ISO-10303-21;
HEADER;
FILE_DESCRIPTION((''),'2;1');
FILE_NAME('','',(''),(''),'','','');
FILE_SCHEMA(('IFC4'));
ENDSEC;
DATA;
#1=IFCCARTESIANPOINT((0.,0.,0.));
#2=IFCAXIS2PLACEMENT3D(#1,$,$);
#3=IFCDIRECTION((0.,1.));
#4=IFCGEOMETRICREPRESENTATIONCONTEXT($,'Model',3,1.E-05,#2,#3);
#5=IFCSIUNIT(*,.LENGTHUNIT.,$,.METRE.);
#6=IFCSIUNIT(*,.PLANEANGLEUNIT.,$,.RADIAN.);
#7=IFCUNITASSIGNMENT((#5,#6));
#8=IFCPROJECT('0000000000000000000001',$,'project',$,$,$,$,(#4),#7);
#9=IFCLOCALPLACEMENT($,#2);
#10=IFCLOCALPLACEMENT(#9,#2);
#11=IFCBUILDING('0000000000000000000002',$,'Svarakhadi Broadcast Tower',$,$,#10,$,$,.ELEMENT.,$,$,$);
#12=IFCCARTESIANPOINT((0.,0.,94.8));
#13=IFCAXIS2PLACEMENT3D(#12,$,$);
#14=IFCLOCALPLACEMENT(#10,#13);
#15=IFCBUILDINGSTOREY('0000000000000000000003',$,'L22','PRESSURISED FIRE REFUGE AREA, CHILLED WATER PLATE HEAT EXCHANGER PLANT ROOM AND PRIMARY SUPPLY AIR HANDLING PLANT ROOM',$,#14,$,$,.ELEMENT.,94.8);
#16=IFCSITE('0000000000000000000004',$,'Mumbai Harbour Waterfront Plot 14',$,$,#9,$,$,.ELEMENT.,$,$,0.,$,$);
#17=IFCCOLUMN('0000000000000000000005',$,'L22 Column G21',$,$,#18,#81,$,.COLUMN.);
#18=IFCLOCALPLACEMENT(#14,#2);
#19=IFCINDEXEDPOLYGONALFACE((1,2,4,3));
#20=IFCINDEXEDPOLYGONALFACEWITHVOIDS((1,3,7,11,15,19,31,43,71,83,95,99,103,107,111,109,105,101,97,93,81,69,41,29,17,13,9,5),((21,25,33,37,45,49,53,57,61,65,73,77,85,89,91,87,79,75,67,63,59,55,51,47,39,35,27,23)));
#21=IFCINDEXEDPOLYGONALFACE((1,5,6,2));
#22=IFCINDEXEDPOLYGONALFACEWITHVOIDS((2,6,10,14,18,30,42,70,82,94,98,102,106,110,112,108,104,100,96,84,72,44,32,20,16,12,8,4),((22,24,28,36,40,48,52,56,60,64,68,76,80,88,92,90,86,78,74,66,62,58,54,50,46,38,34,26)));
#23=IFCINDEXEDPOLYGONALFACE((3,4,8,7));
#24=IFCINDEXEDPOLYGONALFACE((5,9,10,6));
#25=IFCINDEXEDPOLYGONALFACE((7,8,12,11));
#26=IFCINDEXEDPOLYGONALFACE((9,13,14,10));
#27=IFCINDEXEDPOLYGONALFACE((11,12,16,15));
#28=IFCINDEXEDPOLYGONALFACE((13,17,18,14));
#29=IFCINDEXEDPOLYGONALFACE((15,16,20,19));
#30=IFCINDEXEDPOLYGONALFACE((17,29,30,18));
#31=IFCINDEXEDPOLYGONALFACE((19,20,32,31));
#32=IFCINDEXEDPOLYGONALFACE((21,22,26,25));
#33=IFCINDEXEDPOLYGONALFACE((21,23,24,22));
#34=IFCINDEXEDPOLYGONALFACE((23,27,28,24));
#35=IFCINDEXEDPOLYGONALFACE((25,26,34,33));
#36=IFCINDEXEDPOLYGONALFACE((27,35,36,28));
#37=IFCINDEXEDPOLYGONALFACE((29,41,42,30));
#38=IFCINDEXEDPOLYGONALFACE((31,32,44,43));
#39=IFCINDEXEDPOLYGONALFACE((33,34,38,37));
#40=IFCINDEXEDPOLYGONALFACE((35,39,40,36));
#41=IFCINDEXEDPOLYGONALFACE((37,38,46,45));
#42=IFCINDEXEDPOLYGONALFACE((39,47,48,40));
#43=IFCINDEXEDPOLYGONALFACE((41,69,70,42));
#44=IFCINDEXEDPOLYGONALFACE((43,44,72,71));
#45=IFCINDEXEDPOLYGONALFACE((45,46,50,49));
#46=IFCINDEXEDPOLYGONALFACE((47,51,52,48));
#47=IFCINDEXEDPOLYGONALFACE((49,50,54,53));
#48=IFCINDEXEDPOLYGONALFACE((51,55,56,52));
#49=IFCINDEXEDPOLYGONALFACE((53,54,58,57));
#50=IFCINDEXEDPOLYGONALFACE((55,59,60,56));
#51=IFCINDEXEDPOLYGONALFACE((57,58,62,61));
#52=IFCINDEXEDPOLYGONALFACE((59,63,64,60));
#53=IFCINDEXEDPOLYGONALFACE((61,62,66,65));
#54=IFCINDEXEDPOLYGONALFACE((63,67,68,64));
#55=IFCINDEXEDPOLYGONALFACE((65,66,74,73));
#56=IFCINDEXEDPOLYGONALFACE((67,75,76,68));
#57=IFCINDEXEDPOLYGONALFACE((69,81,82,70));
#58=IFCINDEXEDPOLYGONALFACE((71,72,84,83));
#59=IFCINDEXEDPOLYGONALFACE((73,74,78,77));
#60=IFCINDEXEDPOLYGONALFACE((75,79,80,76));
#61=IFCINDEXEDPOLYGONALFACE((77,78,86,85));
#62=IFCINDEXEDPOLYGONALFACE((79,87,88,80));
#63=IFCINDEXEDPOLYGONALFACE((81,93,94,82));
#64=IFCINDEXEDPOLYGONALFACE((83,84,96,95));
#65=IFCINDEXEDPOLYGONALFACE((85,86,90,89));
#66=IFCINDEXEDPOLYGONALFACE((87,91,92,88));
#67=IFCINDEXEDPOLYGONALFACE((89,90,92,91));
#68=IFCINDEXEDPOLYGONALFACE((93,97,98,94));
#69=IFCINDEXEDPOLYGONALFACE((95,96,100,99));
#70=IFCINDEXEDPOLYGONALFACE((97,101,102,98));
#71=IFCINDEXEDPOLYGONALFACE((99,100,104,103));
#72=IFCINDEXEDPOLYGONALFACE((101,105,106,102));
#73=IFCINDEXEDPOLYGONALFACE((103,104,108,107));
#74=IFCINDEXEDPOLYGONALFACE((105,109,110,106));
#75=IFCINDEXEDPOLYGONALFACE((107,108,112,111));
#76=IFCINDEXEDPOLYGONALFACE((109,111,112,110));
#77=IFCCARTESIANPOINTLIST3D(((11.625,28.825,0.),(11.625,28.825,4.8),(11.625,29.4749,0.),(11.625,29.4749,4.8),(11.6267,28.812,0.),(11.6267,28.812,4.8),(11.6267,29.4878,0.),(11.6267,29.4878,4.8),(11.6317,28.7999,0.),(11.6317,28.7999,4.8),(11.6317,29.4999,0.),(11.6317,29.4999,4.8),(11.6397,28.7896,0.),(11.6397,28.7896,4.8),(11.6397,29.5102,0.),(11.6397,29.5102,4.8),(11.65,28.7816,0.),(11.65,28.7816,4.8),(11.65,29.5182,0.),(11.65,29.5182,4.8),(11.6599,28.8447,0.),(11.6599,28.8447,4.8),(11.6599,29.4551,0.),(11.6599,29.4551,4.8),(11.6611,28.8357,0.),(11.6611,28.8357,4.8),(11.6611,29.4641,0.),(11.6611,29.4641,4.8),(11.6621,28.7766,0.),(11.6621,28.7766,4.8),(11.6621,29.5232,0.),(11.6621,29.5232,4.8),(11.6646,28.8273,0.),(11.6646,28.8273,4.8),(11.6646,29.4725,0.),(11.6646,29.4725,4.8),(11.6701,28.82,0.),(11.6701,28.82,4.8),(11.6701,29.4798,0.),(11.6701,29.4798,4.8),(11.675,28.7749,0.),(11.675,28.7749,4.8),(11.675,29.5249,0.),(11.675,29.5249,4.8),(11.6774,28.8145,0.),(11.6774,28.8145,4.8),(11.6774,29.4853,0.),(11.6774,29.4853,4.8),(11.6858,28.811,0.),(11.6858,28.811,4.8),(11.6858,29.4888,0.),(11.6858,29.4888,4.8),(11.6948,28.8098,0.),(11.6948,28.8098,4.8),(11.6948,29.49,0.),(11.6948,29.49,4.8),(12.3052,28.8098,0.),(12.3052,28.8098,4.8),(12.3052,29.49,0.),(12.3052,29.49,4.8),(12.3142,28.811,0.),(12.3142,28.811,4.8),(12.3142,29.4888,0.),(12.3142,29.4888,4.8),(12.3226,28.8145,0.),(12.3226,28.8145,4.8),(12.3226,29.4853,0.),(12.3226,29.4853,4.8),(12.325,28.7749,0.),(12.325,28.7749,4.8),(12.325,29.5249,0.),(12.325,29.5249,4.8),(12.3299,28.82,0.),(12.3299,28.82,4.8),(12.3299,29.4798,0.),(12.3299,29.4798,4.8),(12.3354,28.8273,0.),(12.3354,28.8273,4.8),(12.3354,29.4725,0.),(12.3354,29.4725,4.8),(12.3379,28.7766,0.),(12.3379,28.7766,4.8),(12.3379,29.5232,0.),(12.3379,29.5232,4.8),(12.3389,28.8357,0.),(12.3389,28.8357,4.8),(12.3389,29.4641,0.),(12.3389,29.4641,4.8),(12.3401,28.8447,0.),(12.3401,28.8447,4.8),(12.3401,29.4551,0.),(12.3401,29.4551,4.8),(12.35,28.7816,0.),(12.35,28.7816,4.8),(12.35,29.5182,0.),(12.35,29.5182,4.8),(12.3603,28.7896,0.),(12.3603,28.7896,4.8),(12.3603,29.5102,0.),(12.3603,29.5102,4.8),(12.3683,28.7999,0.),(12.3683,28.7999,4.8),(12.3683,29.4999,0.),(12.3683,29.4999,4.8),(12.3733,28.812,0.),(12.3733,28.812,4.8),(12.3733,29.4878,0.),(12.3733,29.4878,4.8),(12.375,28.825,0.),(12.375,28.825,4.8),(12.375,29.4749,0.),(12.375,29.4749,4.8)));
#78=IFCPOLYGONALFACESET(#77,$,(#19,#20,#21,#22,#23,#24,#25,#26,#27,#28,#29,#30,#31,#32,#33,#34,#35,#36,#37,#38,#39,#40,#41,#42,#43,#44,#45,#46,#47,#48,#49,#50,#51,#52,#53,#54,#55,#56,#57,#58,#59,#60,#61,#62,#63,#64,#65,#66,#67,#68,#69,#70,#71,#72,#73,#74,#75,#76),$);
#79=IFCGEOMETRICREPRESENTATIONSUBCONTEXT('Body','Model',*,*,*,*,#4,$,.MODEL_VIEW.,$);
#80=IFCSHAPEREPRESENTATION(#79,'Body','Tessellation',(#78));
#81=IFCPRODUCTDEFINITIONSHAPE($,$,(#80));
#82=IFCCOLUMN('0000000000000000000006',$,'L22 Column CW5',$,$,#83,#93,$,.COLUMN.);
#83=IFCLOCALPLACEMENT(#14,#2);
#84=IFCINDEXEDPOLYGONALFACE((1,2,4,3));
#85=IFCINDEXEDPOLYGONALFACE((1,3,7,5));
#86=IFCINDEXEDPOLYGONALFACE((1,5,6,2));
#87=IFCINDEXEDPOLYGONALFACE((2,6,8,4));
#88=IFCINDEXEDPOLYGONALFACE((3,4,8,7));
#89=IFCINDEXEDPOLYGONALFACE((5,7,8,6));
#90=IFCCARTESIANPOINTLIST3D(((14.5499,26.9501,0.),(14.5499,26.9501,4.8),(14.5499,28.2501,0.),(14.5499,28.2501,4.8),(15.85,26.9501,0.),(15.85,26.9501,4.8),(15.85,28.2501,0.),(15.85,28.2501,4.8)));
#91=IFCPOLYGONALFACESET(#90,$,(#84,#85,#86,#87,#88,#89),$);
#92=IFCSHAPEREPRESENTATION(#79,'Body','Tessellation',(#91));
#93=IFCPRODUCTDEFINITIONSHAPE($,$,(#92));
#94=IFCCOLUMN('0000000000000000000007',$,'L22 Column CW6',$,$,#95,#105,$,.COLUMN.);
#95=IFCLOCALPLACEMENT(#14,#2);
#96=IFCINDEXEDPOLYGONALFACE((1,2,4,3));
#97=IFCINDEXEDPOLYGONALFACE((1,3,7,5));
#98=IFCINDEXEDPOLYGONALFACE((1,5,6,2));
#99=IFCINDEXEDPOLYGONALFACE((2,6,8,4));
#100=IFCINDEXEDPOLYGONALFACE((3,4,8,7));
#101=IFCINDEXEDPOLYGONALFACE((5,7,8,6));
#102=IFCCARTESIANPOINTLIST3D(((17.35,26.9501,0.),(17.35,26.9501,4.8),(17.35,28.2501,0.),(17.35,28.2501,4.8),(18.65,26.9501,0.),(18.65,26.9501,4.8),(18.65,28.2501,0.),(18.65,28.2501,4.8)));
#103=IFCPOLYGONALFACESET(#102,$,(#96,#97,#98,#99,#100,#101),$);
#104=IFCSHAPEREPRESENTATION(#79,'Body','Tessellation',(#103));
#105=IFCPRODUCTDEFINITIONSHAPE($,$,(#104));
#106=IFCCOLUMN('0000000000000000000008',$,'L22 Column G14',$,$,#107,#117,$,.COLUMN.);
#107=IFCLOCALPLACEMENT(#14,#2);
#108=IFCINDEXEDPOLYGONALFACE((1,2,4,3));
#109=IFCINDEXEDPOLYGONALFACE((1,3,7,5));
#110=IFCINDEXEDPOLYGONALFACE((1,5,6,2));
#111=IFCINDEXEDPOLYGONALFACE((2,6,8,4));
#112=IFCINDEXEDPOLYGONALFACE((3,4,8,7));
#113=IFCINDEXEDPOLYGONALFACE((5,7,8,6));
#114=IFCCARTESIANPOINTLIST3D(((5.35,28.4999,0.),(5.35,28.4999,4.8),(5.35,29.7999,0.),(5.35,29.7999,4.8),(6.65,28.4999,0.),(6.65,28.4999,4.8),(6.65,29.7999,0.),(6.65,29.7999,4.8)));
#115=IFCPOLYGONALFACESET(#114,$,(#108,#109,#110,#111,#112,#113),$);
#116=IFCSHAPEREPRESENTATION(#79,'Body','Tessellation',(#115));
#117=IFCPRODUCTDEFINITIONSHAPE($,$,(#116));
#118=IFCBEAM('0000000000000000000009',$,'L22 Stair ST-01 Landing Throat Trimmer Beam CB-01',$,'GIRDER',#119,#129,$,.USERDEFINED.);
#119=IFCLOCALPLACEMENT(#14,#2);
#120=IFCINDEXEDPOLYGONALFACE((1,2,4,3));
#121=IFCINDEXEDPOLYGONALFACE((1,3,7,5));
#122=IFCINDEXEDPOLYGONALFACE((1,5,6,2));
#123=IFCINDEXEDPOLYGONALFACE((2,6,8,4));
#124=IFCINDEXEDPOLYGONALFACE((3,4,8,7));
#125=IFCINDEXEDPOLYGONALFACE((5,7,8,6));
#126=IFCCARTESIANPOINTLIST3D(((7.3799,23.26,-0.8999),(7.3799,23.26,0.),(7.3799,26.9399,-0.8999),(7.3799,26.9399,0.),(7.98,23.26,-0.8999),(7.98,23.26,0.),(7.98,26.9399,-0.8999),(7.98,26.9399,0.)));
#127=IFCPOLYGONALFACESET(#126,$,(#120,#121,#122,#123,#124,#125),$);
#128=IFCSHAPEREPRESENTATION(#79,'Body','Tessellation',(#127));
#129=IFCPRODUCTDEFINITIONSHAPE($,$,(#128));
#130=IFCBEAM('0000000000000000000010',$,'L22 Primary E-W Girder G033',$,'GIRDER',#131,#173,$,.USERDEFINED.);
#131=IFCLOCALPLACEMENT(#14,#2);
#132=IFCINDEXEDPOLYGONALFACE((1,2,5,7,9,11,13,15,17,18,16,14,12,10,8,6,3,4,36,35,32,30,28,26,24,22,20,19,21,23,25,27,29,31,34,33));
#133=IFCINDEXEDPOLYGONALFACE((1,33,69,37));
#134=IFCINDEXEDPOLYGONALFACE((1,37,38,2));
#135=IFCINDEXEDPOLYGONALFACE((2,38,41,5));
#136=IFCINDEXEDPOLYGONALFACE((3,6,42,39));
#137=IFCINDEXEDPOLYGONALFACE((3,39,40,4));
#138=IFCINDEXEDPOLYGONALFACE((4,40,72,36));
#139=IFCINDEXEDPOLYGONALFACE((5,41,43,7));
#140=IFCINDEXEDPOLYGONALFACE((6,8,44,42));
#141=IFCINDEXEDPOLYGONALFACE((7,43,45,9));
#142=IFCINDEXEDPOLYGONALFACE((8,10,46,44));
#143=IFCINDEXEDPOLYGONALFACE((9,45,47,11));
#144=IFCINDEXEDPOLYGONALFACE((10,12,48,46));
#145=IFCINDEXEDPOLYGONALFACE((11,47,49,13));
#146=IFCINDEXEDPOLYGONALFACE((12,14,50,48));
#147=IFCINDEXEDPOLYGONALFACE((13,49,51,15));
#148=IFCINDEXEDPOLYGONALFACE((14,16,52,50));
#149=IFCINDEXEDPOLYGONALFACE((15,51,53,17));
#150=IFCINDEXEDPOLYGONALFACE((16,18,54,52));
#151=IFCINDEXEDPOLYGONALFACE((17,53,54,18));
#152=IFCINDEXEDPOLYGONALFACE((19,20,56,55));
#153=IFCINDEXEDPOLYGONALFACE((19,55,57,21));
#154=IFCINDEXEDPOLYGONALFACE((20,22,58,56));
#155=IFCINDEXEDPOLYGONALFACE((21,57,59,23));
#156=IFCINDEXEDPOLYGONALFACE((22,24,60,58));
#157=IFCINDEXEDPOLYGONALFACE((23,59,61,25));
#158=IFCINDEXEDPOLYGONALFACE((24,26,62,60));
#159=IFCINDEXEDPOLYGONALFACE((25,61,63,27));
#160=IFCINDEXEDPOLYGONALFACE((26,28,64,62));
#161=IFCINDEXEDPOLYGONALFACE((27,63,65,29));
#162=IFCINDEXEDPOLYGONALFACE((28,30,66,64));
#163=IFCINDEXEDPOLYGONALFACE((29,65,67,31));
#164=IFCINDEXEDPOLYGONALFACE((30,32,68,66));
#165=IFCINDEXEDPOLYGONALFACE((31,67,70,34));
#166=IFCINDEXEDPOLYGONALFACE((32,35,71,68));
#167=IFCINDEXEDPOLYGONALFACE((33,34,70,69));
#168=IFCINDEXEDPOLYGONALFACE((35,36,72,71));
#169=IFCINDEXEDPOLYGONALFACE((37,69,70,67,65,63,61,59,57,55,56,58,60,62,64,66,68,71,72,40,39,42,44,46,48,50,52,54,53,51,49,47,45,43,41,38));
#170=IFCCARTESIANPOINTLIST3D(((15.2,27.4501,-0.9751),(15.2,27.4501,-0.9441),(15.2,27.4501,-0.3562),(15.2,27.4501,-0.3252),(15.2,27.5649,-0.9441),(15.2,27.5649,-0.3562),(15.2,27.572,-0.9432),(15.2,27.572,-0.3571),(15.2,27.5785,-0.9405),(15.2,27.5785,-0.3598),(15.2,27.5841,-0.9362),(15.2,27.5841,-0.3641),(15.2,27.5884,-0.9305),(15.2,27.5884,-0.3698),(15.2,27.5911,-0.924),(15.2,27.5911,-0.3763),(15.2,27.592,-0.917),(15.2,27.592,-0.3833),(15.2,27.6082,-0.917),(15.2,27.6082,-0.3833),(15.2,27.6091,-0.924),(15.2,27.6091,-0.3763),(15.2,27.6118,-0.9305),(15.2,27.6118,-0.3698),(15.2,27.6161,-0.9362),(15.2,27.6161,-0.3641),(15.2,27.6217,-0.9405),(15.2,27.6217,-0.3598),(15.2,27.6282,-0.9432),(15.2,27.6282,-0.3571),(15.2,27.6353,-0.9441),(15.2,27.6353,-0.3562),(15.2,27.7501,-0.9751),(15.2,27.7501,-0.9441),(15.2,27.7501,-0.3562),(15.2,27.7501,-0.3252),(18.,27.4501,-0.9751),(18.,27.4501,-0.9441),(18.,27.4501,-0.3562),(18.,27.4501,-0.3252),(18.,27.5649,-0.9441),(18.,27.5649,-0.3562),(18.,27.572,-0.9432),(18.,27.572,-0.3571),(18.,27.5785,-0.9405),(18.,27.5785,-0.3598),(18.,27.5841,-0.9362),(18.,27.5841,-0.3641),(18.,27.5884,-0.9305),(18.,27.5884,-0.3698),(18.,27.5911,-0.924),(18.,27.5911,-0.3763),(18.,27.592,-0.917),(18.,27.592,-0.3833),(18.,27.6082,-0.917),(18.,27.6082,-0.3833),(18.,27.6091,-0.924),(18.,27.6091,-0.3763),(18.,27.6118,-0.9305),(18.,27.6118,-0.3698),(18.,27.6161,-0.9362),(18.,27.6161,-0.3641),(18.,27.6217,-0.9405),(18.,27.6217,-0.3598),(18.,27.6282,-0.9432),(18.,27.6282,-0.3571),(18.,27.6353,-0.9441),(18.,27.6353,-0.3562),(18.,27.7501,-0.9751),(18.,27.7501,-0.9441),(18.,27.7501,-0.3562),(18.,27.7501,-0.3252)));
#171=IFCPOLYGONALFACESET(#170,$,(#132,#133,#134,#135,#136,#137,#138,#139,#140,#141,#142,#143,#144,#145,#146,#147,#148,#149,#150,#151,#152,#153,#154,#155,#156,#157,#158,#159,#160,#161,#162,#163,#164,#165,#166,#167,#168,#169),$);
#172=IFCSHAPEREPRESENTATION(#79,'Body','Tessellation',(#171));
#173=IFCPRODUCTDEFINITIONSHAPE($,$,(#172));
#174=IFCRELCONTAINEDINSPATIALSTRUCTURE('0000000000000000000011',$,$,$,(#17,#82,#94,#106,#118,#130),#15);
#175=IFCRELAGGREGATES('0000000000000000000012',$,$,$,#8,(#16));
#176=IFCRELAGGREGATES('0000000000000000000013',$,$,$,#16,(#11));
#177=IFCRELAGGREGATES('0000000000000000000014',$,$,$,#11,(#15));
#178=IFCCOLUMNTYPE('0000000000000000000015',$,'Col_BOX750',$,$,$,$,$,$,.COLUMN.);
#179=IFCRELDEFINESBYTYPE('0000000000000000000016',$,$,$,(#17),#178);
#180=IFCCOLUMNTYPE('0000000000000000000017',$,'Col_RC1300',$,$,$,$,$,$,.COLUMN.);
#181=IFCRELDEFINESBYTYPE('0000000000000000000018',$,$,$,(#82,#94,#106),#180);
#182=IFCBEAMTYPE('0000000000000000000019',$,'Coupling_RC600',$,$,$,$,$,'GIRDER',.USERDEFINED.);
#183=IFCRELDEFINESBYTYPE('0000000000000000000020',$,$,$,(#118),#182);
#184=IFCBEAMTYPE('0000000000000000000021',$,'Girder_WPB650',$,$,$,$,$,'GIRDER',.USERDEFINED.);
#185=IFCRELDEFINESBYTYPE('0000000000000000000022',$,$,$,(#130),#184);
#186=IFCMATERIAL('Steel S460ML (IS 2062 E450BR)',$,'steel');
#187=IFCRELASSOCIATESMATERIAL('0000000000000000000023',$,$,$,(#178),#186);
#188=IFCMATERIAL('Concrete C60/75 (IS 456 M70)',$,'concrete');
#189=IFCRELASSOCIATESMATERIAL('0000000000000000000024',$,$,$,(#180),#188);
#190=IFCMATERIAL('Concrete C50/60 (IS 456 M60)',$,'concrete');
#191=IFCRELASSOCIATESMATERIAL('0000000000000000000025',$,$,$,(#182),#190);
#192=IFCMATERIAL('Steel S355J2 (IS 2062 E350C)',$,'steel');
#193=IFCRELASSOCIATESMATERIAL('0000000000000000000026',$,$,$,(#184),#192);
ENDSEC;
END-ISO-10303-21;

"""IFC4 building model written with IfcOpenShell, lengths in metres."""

from ifc_helpers import new_model, si_unit, direction, frame, origin, origin_2d, place, context, subcontext, project, spatial, rectangle, hollow_rectangle, i_section, extrude, material, material_profile, profile_set, type_object, element, save


model = new_model("IFC4")

# Units and contexts
model_context = context("Model", 3, precision=1e-05, world=origin(), true_north=direction((0.0, 1.0)))
body_context = subcontext(model_context, "Body", "Model", "MODEL_VIEW")
ifc_project = project(units=[si_unit("LENGTHUNIT", "METRE"), si_unit("PLANEANGLEUNIT", "RADIAN")], contexts=[model_context])

# Site, building, storey
site_placement = place(None, origin())
site = spatial("IfcSite", under=ifc_project, at=site_placement, Name="Mumbai Harbour Waterfront Plot 14", CompositionType="ELEMENT", RefElevation=0.0)
building_placement = place(site_placement, origin())
building = spatial("IfcBuilding", under=site, at=building_placement, Name="Svarakhadi Broadcast Tower", CompositionType="ELEMENT")
storey_placement = place(building_placement, frame((0.0, 0.0, 94.8)))
storey = spatial("IfcBuildingStorey", under=building, at=storey_placement, Name="L22", Description="PRESSURISED FIRE REFUGE AREA, CHILLED WATER PLATE HEAT EXCHANGER PLANT ROOM AND PRIMARY SUPPLY AIR HANDLING PLANT ROOM", CompositionType="ELEMENT", Elevation=94.8)

# Columns
ifc_material_1 = material(Name="Steel S460ML (IS 2062 E450BR)", Category="steel")
ifc_material_profile_1 = material_profile(ifc_material_1, hollow_rectangle(XDim=0.75, YDim=0.75, WallThickness=0.0349, InnerFilletRadius=0.0349, OuterFilletRadius=0.05, at=origin_2d()), Name="BOX 750x750x35")
ifc_profile_set_1 = profile_set([ifc_material_profile_1], Name="Steel S460ML (IS 2062 E450BR)")
column_type_1 = type_object("IfcColumnType", Name="Col_BOX750", PredefinedType="COLUMN", material=ifc_profile_set_1)
column_placement = place(storey_placement, frame((12.0, 29.1499, 0.0), z_axis=(0.0, 0.0, 1.0), x_axis=(1.0, 0.0, 0.0)))
element("IfcColumn", 1, at=column_placement, inside=storey, type_object=column_type_1, Name="L22 Column G21", PredefinedType="COLUMN", context=body_context, shape_type="SweptSolid", body=[
    extrude(hollow_rectangle(XDim=0.75, YDim=0.75, WallThickness=0.0349, InnerFilletRadius=0.0349, OuterFilletRadius=0.05, at=origin_2d()), origin(), (0.0, 0.0, 1.0), 4.8),
])
ifc_material_2 = material(Name="Concrete C60/75 (IS 456 M70)", Category="concrete")
ifc_material_profile_2 = material_profile(ifc_material_2, rectangle(XDim=1.3, YDim=1.3, at=origin_2d()), Name="RC 1300x1300")
ifc_profile_set_2 = profile_set([ifc_material_profile_2], Name="Concrete C60/75 (IS 456 M70)")
column_type_2 = type_object("IfcColumnType", Name="Col_RC1300", PredefinedType="COLUMN", material=ifc_profile_set_2)
for number, where, z_axis, x_axis, name in (
    (2, (15.2, 27.6001, 0.0), (0.0, 0.0, 1.0), (1.0, 0.0, 0.0), "L22 Column CW5"),
    (3, (18.0, 27.6001, 0.0), (0.0, 0.0, 1.0), (1.0, 0.0, 0.0), "L22 Column CW6"),
    (4, (6.0, 29.1499, 0.0), (0.0, 0.0, 1.0), (1.0, 0.0, 0.0), "L22 Column G14"),
):
    element("IfcColumn", number, at=place(storey_placement, frame(where, z_axis=z_axis, x_axis=x_axis)), inside=storey, type_object=column_type_2, Name=name, PredefinedType="COLUMN", context=body_context, shape_type="SweptSolid", body=[
        extrude(rectangle(XDim=1.3, YDim=1.3, at=origin_2d()), origin(), (0.0, 0.0, 1.0), 4.8),
    ])

# Beams
ifc_material_3 = material(Name="Concrete C50/60 (IS 456 M60)", Category="concrete")
ifc_material_profile_3 = material_profile(ifc_material_3, rectangle(XDim=0.6001, YDim=0.8999, at=origin_2d()), Name="RC 600x900")
ifc_profile_set_3 = profile_set([ifc_material_profile_3], Name="Concrete C50/60 (IS 456 M60)")
beam_type_1 = type_object("IfcBeamType", Name="Coupling_RC600", ElementType="GIRDER", PredefinedType="USERDEFINED", material=ifc_profile_set_3)
beam_1_placement = place(storey_placement, frame((7.6799, 23.26, -0.45), z_axis=(0.0, 1.0, 0.0), x_axis=(-1.0, 0.0, 0.0)))
element("IfcBeam", 5, at=beam_1_placement, inside=storey, type_object=beam_type_1, Name="L22 Stair ST-01 Landing Throat Trimmer Beam CB-01", ObjectType="GIRDER", PredefinedType="USERDEFINED", context=body_context, shape_type="SweptSolid", body=[
    extrude(rectangle(XDim=0.6001, YDim=0.8999, at=origin_2d()), origin(), (0.0, 0.0, 1.0), 3.6799),
])
ifc_material_4 = material(Name="Steel S355J2 (IS 2062 E350C)", Category="steel")
ifc_material_profile_4 = material_profile(ifc_material_4, i_section(OverallWidth=0.3, OverallDepth=0.6499, WebThickness=0.0161, FlangeThickness=0.031, FilletRadius=0.0271, at=origin_2d()), Name="WPB 650x300x225")
ifc_profile_set_4 = profile_set([ifc_material_profile_4], Name="Steel S355J2 (IS 2062 E350C)")
beam_type_2 = type_object("IfcBeamType", Name="Girder_WPB650", ElementType="GIRDER", PredefinedType="USERDEFINED", material=ifc_profile_set_4)
beam_2_placement = place(storey_placement, frame((15.2, 27.6001, -0.6501), z_axis=(1.0, 0.0, 0.0), x_axis=(0.0, 1.0, 0.0)))
element("IfcBeam", 6, at=beam_2_placement, inside=storey, type_object=beam_type_2, Name="L22 Primary E-W Girder G033", ObjectType="GIRDER", PredefinedType="USERDEFINED", context=body_context, shape_type="SweptSolid", body=[
    extrude(i_section(OverallWidth=0.3, OverallDepth=0.6499, WebThickness=0.0161, FlangeThickness=0.031, FilletRadius=0.0271, at=origin_2d()), origin(), (0.0, 0.0, 1.0), 2.8),
])

save(model, "model.ifc")
